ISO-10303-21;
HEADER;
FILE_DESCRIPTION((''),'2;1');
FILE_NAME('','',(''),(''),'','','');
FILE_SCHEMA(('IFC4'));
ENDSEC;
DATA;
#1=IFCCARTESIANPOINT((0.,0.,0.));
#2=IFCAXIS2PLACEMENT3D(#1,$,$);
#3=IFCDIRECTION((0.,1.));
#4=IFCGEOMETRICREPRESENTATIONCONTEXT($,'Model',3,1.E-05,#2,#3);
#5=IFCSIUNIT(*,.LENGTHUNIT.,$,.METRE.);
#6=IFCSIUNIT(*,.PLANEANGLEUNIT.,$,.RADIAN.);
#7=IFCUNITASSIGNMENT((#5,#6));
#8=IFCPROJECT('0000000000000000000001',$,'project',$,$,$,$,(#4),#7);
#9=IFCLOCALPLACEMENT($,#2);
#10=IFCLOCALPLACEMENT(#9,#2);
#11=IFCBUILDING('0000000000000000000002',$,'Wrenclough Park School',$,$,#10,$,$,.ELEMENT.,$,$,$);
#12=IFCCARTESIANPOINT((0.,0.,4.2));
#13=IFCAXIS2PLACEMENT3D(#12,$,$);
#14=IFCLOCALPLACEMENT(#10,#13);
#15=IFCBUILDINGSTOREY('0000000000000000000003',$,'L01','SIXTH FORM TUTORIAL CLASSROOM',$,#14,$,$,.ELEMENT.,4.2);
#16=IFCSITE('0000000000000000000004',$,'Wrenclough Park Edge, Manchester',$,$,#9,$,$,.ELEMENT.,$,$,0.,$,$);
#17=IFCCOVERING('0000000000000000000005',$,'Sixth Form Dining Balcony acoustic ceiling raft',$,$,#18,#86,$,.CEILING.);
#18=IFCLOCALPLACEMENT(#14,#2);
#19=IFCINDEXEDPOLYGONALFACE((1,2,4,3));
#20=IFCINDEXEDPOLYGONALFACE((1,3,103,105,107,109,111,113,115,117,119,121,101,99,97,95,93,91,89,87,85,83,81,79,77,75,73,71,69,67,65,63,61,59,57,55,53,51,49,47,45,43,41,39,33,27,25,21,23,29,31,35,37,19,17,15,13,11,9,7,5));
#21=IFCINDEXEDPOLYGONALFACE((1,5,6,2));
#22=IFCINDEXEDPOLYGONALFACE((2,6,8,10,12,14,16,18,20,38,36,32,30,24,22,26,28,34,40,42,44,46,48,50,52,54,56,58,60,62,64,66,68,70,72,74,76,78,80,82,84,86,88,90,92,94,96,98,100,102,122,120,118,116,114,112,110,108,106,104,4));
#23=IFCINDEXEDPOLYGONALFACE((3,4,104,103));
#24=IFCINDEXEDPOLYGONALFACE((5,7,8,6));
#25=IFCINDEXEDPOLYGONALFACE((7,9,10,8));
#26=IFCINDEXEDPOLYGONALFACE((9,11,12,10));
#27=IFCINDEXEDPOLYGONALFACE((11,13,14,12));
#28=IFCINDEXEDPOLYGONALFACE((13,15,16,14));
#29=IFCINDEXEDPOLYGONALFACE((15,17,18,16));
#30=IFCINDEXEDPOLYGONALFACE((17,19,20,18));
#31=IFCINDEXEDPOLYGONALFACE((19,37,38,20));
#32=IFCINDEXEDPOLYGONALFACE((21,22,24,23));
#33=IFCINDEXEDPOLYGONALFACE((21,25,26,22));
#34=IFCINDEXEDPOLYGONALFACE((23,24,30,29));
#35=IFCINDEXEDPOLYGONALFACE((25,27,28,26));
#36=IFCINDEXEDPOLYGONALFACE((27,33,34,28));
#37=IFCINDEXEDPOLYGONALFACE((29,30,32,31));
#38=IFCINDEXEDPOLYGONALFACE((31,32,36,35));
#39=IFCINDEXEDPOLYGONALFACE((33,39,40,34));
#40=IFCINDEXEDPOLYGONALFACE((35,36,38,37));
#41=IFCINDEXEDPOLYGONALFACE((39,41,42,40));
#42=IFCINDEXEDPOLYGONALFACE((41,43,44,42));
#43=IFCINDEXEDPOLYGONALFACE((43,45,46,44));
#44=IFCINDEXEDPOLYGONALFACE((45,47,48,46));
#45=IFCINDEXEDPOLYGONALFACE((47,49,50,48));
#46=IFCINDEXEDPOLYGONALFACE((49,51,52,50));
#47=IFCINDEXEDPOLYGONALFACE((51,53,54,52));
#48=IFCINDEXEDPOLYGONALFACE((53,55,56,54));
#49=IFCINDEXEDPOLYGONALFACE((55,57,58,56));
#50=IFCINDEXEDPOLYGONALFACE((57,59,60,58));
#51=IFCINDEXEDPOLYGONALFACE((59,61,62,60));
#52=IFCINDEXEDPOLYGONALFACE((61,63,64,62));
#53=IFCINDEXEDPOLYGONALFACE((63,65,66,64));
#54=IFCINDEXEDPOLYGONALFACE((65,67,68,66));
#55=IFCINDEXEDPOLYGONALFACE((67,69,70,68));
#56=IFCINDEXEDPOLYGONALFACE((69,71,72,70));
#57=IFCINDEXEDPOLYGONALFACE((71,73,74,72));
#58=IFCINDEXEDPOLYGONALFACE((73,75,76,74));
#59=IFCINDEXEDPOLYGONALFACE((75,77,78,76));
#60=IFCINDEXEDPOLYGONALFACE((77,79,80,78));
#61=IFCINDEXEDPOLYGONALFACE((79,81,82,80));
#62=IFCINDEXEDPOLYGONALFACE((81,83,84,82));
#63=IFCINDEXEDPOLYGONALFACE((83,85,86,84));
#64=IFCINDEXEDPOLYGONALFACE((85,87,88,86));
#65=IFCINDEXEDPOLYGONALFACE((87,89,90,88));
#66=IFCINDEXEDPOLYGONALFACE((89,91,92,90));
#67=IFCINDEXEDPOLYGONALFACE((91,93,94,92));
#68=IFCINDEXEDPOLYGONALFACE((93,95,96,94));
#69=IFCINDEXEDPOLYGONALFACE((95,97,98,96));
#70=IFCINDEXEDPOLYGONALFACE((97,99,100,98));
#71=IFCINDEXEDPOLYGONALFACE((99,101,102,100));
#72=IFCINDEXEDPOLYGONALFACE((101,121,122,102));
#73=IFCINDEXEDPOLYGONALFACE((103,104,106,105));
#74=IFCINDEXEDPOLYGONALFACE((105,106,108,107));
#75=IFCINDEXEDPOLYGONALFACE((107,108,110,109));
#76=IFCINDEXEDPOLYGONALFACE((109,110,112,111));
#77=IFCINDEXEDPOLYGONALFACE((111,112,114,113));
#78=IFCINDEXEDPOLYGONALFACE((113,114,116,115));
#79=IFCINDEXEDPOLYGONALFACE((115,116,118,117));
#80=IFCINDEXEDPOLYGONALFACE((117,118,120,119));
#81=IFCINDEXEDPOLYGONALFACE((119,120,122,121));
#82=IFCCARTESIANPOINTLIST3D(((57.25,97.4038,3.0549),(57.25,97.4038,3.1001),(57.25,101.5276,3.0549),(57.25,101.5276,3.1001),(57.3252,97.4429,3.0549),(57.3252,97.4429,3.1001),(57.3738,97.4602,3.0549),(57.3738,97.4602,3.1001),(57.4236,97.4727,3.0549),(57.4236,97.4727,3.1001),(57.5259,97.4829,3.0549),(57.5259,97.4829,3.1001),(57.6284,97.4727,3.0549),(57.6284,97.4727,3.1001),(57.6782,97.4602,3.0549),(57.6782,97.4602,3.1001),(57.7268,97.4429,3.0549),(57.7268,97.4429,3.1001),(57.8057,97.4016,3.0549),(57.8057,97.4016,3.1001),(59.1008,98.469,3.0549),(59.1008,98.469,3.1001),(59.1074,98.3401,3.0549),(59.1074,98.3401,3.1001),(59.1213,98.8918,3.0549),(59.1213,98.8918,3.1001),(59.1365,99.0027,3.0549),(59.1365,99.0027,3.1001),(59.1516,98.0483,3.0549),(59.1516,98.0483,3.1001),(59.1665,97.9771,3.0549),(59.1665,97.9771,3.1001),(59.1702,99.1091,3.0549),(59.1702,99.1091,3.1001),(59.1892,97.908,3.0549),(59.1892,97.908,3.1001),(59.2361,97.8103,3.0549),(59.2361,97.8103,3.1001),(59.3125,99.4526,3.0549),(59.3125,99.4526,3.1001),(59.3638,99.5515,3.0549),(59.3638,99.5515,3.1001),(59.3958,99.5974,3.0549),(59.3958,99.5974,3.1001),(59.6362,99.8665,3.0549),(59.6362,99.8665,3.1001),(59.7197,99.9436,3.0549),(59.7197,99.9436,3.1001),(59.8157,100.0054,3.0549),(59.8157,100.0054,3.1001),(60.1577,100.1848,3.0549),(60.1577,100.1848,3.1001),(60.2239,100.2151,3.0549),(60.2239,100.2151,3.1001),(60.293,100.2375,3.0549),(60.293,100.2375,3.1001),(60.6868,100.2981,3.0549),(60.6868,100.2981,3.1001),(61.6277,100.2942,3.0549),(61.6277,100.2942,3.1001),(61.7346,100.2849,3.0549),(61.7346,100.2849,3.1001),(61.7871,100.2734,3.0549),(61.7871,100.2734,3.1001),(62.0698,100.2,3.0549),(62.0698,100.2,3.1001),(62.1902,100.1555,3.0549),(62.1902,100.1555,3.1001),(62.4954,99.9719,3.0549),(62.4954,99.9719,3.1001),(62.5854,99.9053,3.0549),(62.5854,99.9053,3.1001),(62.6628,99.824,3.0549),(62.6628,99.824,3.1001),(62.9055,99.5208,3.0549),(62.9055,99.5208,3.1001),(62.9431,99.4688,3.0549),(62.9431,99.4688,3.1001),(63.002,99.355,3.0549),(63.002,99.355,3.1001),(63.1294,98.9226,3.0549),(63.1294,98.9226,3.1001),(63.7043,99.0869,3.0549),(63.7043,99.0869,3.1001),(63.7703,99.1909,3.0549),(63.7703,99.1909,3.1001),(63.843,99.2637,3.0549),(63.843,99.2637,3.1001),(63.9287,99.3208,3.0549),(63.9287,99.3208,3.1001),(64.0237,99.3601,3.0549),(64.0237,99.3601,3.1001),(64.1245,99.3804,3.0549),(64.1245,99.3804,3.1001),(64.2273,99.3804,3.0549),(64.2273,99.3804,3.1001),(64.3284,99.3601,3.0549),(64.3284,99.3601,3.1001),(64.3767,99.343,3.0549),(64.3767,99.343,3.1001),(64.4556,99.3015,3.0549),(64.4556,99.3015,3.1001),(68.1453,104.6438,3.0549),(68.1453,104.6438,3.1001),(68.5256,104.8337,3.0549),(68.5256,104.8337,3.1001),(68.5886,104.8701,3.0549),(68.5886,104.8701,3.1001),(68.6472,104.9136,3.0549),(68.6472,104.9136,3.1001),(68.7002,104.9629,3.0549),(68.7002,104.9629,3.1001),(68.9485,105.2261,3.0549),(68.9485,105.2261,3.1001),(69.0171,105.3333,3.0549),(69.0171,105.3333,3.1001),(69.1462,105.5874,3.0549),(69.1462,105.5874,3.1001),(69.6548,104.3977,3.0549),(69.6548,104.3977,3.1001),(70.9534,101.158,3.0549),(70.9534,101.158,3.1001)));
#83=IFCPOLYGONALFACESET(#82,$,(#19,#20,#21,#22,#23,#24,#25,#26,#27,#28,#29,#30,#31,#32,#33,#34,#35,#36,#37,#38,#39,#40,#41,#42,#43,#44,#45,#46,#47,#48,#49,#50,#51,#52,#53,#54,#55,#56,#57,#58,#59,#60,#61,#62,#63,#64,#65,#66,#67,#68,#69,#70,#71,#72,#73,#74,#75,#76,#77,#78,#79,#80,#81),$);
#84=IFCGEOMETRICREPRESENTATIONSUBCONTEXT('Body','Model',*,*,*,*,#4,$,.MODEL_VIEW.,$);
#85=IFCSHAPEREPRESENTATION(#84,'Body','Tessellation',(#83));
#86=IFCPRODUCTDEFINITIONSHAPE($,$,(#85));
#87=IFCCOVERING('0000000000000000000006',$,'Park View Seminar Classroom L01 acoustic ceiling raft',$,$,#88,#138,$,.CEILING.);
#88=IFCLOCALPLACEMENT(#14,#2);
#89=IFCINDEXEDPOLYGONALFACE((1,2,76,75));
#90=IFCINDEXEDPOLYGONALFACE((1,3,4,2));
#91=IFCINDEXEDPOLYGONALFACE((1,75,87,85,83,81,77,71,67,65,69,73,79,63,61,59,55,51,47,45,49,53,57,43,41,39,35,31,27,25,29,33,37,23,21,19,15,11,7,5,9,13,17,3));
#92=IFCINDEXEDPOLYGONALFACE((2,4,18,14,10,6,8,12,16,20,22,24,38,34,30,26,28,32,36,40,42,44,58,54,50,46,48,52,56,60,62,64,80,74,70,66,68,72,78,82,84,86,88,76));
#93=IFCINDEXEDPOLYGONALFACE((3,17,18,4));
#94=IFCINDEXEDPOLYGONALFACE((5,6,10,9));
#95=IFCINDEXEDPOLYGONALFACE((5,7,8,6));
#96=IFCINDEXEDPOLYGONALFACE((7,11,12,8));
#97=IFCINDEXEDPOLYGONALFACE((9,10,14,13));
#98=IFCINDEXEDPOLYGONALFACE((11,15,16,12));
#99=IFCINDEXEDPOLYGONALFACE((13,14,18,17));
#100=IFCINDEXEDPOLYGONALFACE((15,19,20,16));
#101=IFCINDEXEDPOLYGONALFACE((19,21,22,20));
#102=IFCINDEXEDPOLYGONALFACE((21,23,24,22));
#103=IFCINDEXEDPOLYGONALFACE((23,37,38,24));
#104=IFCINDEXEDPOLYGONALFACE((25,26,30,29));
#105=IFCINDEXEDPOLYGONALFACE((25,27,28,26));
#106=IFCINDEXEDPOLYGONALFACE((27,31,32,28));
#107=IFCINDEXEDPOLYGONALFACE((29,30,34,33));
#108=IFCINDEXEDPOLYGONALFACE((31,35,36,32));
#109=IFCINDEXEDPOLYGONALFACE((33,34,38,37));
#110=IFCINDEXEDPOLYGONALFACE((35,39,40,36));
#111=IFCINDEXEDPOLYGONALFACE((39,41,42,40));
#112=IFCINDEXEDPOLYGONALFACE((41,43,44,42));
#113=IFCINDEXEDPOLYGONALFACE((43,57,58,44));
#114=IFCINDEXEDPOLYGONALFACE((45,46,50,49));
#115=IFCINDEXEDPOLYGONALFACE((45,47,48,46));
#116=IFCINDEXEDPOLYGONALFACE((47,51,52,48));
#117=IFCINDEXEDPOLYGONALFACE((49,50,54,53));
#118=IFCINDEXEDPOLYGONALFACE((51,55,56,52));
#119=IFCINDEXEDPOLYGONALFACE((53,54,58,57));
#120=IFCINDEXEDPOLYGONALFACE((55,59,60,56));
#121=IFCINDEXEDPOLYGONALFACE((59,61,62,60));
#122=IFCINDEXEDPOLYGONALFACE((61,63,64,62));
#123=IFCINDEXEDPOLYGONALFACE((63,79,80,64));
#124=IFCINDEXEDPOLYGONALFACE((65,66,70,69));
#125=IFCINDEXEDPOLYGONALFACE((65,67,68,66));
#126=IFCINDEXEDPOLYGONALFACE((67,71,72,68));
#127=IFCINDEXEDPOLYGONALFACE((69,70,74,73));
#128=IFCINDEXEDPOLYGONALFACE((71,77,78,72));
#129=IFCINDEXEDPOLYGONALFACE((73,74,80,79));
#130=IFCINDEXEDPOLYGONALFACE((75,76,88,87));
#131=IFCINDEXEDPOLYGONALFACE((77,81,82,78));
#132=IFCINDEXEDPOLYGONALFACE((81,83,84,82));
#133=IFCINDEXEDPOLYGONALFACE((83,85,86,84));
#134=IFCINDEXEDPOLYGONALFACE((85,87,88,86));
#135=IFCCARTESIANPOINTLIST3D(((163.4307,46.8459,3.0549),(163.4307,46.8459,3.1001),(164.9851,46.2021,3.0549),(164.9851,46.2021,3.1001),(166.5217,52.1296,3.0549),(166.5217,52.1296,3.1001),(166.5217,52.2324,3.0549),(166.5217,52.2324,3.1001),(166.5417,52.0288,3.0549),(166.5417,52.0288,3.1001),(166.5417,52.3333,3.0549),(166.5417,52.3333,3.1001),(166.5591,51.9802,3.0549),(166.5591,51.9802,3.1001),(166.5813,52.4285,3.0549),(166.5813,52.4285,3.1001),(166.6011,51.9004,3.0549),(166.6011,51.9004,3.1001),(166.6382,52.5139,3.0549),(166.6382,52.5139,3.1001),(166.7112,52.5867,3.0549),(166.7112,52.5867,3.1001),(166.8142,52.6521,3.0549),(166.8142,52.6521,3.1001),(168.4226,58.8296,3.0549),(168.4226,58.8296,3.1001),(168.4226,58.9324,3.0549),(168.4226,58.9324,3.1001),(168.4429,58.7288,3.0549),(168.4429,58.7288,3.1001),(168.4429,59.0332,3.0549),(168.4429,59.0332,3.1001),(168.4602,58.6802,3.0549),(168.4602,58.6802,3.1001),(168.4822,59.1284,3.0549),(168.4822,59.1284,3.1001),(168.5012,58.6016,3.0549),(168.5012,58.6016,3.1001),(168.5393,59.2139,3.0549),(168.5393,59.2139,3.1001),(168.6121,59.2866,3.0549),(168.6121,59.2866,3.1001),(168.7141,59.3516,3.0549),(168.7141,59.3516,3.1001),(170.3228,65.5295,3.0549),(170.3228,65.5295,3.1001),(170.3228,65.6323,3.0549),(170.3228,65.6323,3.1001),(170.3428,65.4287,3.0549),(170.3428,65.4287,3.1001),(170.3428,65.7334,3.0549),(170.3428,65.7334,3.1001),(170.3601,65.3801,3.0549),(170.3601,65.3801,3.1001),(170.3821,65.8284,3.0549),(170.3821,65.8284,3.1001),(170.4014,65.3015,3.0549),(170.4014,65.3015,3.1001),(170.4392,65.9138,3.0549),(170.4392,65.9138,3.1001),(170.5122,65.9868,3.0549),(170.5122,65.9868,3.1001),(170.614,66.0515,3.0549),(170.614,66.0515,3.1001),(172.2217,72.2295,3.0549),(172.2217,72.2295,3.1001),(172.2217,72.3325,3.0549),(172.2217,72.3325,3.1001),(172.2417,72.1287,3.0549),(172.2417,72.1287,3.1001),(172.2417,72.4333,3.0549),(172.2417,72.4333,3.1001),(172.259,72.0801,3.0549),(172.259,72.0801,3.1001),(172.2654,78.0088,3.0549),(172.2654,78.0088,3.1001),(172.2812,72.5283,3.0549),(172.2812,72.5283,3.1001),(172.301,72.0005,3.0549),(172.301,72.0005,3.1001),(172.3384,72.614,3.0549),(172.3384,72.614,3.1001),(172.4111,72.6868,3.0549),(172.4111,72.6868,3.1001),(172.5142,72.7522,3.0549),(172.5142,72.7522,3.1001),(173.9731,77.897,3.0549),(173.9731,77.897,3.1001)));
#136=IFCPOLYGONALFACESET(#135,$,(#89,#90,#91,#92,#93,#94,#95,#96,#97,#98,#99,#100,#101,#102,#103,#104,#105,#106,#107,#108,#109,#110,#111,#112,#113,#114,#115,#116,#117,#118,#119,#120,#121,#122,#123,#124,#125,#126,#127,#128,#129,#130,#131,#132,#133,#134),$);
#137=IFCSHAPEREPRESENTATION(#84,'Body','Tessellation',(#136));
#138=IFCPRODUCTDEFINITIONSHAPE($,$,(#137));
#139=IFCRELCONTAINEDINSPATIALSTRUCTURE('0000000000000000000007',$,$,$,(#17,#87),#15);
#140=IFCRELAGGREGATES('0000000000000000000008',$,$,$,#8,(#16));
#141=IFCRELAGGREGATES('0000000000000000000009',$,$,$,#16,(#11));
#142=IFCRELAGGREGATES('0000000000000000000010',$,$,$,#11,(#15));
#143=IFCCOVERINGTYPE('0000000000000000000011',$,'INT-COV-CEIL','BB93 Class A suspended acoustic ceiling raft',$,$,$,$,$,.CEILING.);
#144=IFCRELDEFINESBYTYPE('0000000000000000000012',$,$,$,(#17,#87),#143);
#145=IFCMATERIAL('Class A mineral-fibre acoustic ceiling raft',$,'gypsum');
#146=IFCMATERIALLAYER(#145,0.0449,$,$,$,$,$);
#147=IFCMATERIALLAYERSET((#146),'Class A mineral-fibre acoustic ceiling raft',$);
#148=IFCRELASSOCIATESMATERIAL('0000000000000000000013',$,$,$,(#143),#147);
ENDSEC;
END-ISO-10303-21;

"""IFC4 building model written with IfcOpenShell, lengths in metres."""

from ifc_helpers import new_model, si_unit, direction, frame, origin, place, context, subcontext, project, spatial, polyline, outline, extrude, material, layer, layer_set, type_object, element, save


model = new_model("IFC4")

# Units and contexts
model_context = context("Model", 3, precision=1e-05, world=origin(), true_north=direction((0.0, 1.0)))
body_context = subcontext(model_context, "Body", "Model", "MODEL_VIEW")
ifc_project = project(units=[si_unit("LENGTHUNIT", "METRE"), si_unit("PLANEANGLEUNIT", "RADIAN")], contexts=[model_context])

# Site, building, storey
site_placement = place(None, origin())
site = spatial("IfcSite", under=ifc_project, at=site_placement, Name="Wrenclough Park Edge, Manchester", CompositionType="ELEMENT", RefElevation=0.0)
building_placement = place(site_placement, origin())
building = spatial("IfcBuilding", under=site, at=building_placement, Name="Wrenclough Park School", CompositionType="ELEMENT")
storey_placement = place(building_placement, frame((0.0, 0.0, 4.2)))
storey = spatial("IfcBuildingStorey", under=building, at=storey_placement, Name="L01", Description="SIXTH FORM TUTORIAL CLASSROOM", CompositionType="ELEMENT", Elevation=4.2)

# Coverings
ifc_material_1 = material(Name="Class A mineral-fibre acoustic ceiling raft", Category="gypsum")
ifc_layer_1 = layer(ifc_material_1, 0.0449)
ifc_layer_set_1 = layer_set([ifc_layer_1], Name="Class A mineral-fibre acoustic ceiling raft")
covering_type_1 = type_object("IfcCoveringType", Name="INT-COV-CEIL", Description="BB93 Class A suspended acoustic ceiling raft", PredefinedType="CEILING", material=ifc_layer_set_1)
covering_1_placement = place(storey_placement, frame((0.0, 0.0, 3.0549)))
element("IfcCovering", 1, at=covering_1_placement, inside=storey, type_object=covering_type_1, Name="Sixth Form Dining Balcony acoustic ceiling raft", PredefinedType="CEILING", context=body_context, shape_type="SweptSolid", body=[
    extrude(outline(polyline([(57.8057, 97.4016), (59.2361, 97.8103), (59.1892, 97.908), (59.1665, 97.9771), (59.1516, 98.0483), (59.1074, 98.3401), (59.1008, 98.469), (59.1213, 98.8918), (59.1365, 99.0027), (59.1702, 99.1091), (59.3125, 99.4526), (59.3638, 99.5515), (59.3958, 99.5974), (59.6362, 99.8665), (59.7197, 99.9436), (59.8157, 100.0054), (60.1577, 100.1848), (60.2239, 100.2151), (60.293, 100.2375), (60.6868, 100.2981), (61.6277, 100.2942), (61.7346, 100.2849), (61.7871, 100.2734), (62.0698, 100.2), (62.1902, 100.1555), (62.4954, 99.9719), (62.5854, 99.9053), (62.6628, 99.824), (62.9055, 99.5208), (62.9431, 99.4688), (63.002, 99.355), (63.1294, 98.9226), (63.7043, 99.0869), (63.7703, 99.1909), (63.843, 99.2637), (63.9287, 99.3208), (64.0237, 99.3601), (64.1245, 99.3804), (64.2273, 99.3804), (64.3284, 99.3601), (64.3767, 99.343), (64.4556, 99.3015), (70.9534, 101.158), (69.6548, 104.3977), (69.1462, 105.5874), (69.0171, 105.3333), (68.9485, 105.2261), (68.7002, 104.9629), (68.6472, 104.9136), (68.5886, 104.8701), (68.5256, 104.8337), (68.1453, 104.6438), (57.25, 101.5276), (57.25, 97.4038), (57.3252, 97.4429), (57.3738, 97.4602), (57.4236, 97.4727), (57.5259, 97.4829), (57.6284, 97.4727), (57.6782, 97.4602), (57.7268, 97.4429), (57.8057, 97.4016)])), origin(), (0.0, 0.0, 1.0), 0.0452),
])
covering_2_placement = place(storey_placement, frame((0.0, 0.0, 3.0549)))
element("IfcCovering", 2, at=covering_2_placement, inside=storey, type_object=covering_type_1, Name="Park View Seminar Classroom L01 acoustic ceiling raft", PredefinedType="CEILING", context=body_context, shape_type="SweptSolid", body=[
    extrude(outline(polyline([(163.4307, 46.8459), (164.9851, 46.2021), (166.6011, 51.9004), (166.5591, 51.9802), (166.5417, 52.0288), (166.5217, 52.1296), (166.5217, 52.2324), (166.5417, 52.3333), (166.5813, 52.4285), (166.6382, 52.5139), (166.7112, 52.5867), (166.8142, 52.6521), (168.5012, 58.6016), (168.4602, 58.6802), (168.4429, 58.7288), (168.4226, 58.8296), (168.4226, 58.9324), (168.4429, 59.0332), (168.4822, 59.1284), (168.5393, 59.2139), (168.6121, 59.2866), (168.7141, 59.3516), (170.4014, 65.3015), (170.3601, 65.3801), (170.3428, 65.4287), (170.3228, 65.5295), (170.3228, 65.6323), (170.3428, 65.7334), (170.3821, 65.8284), (170.4392, 65.9138), (170.5122, 65.9868), (170.614, 66.0515), (172.301, 72.0005), (172.259, 72.0801), (172.2417, 72.1287), (172.2217, 72.2295), (172.2217, 72.3325), (172.2417, 72.4333), (172.2812, 72.5283), (172.3384, 72.614), (172.4111, 72.6868), (172.5142, 72.7522), (173.9731, 77.897), (172.2654, 78.0088), (163.4307, 46.8459)])), origin(), (0.0, 0.0, 1.0), 0.0452),
])

save(model, "model.ifc")
